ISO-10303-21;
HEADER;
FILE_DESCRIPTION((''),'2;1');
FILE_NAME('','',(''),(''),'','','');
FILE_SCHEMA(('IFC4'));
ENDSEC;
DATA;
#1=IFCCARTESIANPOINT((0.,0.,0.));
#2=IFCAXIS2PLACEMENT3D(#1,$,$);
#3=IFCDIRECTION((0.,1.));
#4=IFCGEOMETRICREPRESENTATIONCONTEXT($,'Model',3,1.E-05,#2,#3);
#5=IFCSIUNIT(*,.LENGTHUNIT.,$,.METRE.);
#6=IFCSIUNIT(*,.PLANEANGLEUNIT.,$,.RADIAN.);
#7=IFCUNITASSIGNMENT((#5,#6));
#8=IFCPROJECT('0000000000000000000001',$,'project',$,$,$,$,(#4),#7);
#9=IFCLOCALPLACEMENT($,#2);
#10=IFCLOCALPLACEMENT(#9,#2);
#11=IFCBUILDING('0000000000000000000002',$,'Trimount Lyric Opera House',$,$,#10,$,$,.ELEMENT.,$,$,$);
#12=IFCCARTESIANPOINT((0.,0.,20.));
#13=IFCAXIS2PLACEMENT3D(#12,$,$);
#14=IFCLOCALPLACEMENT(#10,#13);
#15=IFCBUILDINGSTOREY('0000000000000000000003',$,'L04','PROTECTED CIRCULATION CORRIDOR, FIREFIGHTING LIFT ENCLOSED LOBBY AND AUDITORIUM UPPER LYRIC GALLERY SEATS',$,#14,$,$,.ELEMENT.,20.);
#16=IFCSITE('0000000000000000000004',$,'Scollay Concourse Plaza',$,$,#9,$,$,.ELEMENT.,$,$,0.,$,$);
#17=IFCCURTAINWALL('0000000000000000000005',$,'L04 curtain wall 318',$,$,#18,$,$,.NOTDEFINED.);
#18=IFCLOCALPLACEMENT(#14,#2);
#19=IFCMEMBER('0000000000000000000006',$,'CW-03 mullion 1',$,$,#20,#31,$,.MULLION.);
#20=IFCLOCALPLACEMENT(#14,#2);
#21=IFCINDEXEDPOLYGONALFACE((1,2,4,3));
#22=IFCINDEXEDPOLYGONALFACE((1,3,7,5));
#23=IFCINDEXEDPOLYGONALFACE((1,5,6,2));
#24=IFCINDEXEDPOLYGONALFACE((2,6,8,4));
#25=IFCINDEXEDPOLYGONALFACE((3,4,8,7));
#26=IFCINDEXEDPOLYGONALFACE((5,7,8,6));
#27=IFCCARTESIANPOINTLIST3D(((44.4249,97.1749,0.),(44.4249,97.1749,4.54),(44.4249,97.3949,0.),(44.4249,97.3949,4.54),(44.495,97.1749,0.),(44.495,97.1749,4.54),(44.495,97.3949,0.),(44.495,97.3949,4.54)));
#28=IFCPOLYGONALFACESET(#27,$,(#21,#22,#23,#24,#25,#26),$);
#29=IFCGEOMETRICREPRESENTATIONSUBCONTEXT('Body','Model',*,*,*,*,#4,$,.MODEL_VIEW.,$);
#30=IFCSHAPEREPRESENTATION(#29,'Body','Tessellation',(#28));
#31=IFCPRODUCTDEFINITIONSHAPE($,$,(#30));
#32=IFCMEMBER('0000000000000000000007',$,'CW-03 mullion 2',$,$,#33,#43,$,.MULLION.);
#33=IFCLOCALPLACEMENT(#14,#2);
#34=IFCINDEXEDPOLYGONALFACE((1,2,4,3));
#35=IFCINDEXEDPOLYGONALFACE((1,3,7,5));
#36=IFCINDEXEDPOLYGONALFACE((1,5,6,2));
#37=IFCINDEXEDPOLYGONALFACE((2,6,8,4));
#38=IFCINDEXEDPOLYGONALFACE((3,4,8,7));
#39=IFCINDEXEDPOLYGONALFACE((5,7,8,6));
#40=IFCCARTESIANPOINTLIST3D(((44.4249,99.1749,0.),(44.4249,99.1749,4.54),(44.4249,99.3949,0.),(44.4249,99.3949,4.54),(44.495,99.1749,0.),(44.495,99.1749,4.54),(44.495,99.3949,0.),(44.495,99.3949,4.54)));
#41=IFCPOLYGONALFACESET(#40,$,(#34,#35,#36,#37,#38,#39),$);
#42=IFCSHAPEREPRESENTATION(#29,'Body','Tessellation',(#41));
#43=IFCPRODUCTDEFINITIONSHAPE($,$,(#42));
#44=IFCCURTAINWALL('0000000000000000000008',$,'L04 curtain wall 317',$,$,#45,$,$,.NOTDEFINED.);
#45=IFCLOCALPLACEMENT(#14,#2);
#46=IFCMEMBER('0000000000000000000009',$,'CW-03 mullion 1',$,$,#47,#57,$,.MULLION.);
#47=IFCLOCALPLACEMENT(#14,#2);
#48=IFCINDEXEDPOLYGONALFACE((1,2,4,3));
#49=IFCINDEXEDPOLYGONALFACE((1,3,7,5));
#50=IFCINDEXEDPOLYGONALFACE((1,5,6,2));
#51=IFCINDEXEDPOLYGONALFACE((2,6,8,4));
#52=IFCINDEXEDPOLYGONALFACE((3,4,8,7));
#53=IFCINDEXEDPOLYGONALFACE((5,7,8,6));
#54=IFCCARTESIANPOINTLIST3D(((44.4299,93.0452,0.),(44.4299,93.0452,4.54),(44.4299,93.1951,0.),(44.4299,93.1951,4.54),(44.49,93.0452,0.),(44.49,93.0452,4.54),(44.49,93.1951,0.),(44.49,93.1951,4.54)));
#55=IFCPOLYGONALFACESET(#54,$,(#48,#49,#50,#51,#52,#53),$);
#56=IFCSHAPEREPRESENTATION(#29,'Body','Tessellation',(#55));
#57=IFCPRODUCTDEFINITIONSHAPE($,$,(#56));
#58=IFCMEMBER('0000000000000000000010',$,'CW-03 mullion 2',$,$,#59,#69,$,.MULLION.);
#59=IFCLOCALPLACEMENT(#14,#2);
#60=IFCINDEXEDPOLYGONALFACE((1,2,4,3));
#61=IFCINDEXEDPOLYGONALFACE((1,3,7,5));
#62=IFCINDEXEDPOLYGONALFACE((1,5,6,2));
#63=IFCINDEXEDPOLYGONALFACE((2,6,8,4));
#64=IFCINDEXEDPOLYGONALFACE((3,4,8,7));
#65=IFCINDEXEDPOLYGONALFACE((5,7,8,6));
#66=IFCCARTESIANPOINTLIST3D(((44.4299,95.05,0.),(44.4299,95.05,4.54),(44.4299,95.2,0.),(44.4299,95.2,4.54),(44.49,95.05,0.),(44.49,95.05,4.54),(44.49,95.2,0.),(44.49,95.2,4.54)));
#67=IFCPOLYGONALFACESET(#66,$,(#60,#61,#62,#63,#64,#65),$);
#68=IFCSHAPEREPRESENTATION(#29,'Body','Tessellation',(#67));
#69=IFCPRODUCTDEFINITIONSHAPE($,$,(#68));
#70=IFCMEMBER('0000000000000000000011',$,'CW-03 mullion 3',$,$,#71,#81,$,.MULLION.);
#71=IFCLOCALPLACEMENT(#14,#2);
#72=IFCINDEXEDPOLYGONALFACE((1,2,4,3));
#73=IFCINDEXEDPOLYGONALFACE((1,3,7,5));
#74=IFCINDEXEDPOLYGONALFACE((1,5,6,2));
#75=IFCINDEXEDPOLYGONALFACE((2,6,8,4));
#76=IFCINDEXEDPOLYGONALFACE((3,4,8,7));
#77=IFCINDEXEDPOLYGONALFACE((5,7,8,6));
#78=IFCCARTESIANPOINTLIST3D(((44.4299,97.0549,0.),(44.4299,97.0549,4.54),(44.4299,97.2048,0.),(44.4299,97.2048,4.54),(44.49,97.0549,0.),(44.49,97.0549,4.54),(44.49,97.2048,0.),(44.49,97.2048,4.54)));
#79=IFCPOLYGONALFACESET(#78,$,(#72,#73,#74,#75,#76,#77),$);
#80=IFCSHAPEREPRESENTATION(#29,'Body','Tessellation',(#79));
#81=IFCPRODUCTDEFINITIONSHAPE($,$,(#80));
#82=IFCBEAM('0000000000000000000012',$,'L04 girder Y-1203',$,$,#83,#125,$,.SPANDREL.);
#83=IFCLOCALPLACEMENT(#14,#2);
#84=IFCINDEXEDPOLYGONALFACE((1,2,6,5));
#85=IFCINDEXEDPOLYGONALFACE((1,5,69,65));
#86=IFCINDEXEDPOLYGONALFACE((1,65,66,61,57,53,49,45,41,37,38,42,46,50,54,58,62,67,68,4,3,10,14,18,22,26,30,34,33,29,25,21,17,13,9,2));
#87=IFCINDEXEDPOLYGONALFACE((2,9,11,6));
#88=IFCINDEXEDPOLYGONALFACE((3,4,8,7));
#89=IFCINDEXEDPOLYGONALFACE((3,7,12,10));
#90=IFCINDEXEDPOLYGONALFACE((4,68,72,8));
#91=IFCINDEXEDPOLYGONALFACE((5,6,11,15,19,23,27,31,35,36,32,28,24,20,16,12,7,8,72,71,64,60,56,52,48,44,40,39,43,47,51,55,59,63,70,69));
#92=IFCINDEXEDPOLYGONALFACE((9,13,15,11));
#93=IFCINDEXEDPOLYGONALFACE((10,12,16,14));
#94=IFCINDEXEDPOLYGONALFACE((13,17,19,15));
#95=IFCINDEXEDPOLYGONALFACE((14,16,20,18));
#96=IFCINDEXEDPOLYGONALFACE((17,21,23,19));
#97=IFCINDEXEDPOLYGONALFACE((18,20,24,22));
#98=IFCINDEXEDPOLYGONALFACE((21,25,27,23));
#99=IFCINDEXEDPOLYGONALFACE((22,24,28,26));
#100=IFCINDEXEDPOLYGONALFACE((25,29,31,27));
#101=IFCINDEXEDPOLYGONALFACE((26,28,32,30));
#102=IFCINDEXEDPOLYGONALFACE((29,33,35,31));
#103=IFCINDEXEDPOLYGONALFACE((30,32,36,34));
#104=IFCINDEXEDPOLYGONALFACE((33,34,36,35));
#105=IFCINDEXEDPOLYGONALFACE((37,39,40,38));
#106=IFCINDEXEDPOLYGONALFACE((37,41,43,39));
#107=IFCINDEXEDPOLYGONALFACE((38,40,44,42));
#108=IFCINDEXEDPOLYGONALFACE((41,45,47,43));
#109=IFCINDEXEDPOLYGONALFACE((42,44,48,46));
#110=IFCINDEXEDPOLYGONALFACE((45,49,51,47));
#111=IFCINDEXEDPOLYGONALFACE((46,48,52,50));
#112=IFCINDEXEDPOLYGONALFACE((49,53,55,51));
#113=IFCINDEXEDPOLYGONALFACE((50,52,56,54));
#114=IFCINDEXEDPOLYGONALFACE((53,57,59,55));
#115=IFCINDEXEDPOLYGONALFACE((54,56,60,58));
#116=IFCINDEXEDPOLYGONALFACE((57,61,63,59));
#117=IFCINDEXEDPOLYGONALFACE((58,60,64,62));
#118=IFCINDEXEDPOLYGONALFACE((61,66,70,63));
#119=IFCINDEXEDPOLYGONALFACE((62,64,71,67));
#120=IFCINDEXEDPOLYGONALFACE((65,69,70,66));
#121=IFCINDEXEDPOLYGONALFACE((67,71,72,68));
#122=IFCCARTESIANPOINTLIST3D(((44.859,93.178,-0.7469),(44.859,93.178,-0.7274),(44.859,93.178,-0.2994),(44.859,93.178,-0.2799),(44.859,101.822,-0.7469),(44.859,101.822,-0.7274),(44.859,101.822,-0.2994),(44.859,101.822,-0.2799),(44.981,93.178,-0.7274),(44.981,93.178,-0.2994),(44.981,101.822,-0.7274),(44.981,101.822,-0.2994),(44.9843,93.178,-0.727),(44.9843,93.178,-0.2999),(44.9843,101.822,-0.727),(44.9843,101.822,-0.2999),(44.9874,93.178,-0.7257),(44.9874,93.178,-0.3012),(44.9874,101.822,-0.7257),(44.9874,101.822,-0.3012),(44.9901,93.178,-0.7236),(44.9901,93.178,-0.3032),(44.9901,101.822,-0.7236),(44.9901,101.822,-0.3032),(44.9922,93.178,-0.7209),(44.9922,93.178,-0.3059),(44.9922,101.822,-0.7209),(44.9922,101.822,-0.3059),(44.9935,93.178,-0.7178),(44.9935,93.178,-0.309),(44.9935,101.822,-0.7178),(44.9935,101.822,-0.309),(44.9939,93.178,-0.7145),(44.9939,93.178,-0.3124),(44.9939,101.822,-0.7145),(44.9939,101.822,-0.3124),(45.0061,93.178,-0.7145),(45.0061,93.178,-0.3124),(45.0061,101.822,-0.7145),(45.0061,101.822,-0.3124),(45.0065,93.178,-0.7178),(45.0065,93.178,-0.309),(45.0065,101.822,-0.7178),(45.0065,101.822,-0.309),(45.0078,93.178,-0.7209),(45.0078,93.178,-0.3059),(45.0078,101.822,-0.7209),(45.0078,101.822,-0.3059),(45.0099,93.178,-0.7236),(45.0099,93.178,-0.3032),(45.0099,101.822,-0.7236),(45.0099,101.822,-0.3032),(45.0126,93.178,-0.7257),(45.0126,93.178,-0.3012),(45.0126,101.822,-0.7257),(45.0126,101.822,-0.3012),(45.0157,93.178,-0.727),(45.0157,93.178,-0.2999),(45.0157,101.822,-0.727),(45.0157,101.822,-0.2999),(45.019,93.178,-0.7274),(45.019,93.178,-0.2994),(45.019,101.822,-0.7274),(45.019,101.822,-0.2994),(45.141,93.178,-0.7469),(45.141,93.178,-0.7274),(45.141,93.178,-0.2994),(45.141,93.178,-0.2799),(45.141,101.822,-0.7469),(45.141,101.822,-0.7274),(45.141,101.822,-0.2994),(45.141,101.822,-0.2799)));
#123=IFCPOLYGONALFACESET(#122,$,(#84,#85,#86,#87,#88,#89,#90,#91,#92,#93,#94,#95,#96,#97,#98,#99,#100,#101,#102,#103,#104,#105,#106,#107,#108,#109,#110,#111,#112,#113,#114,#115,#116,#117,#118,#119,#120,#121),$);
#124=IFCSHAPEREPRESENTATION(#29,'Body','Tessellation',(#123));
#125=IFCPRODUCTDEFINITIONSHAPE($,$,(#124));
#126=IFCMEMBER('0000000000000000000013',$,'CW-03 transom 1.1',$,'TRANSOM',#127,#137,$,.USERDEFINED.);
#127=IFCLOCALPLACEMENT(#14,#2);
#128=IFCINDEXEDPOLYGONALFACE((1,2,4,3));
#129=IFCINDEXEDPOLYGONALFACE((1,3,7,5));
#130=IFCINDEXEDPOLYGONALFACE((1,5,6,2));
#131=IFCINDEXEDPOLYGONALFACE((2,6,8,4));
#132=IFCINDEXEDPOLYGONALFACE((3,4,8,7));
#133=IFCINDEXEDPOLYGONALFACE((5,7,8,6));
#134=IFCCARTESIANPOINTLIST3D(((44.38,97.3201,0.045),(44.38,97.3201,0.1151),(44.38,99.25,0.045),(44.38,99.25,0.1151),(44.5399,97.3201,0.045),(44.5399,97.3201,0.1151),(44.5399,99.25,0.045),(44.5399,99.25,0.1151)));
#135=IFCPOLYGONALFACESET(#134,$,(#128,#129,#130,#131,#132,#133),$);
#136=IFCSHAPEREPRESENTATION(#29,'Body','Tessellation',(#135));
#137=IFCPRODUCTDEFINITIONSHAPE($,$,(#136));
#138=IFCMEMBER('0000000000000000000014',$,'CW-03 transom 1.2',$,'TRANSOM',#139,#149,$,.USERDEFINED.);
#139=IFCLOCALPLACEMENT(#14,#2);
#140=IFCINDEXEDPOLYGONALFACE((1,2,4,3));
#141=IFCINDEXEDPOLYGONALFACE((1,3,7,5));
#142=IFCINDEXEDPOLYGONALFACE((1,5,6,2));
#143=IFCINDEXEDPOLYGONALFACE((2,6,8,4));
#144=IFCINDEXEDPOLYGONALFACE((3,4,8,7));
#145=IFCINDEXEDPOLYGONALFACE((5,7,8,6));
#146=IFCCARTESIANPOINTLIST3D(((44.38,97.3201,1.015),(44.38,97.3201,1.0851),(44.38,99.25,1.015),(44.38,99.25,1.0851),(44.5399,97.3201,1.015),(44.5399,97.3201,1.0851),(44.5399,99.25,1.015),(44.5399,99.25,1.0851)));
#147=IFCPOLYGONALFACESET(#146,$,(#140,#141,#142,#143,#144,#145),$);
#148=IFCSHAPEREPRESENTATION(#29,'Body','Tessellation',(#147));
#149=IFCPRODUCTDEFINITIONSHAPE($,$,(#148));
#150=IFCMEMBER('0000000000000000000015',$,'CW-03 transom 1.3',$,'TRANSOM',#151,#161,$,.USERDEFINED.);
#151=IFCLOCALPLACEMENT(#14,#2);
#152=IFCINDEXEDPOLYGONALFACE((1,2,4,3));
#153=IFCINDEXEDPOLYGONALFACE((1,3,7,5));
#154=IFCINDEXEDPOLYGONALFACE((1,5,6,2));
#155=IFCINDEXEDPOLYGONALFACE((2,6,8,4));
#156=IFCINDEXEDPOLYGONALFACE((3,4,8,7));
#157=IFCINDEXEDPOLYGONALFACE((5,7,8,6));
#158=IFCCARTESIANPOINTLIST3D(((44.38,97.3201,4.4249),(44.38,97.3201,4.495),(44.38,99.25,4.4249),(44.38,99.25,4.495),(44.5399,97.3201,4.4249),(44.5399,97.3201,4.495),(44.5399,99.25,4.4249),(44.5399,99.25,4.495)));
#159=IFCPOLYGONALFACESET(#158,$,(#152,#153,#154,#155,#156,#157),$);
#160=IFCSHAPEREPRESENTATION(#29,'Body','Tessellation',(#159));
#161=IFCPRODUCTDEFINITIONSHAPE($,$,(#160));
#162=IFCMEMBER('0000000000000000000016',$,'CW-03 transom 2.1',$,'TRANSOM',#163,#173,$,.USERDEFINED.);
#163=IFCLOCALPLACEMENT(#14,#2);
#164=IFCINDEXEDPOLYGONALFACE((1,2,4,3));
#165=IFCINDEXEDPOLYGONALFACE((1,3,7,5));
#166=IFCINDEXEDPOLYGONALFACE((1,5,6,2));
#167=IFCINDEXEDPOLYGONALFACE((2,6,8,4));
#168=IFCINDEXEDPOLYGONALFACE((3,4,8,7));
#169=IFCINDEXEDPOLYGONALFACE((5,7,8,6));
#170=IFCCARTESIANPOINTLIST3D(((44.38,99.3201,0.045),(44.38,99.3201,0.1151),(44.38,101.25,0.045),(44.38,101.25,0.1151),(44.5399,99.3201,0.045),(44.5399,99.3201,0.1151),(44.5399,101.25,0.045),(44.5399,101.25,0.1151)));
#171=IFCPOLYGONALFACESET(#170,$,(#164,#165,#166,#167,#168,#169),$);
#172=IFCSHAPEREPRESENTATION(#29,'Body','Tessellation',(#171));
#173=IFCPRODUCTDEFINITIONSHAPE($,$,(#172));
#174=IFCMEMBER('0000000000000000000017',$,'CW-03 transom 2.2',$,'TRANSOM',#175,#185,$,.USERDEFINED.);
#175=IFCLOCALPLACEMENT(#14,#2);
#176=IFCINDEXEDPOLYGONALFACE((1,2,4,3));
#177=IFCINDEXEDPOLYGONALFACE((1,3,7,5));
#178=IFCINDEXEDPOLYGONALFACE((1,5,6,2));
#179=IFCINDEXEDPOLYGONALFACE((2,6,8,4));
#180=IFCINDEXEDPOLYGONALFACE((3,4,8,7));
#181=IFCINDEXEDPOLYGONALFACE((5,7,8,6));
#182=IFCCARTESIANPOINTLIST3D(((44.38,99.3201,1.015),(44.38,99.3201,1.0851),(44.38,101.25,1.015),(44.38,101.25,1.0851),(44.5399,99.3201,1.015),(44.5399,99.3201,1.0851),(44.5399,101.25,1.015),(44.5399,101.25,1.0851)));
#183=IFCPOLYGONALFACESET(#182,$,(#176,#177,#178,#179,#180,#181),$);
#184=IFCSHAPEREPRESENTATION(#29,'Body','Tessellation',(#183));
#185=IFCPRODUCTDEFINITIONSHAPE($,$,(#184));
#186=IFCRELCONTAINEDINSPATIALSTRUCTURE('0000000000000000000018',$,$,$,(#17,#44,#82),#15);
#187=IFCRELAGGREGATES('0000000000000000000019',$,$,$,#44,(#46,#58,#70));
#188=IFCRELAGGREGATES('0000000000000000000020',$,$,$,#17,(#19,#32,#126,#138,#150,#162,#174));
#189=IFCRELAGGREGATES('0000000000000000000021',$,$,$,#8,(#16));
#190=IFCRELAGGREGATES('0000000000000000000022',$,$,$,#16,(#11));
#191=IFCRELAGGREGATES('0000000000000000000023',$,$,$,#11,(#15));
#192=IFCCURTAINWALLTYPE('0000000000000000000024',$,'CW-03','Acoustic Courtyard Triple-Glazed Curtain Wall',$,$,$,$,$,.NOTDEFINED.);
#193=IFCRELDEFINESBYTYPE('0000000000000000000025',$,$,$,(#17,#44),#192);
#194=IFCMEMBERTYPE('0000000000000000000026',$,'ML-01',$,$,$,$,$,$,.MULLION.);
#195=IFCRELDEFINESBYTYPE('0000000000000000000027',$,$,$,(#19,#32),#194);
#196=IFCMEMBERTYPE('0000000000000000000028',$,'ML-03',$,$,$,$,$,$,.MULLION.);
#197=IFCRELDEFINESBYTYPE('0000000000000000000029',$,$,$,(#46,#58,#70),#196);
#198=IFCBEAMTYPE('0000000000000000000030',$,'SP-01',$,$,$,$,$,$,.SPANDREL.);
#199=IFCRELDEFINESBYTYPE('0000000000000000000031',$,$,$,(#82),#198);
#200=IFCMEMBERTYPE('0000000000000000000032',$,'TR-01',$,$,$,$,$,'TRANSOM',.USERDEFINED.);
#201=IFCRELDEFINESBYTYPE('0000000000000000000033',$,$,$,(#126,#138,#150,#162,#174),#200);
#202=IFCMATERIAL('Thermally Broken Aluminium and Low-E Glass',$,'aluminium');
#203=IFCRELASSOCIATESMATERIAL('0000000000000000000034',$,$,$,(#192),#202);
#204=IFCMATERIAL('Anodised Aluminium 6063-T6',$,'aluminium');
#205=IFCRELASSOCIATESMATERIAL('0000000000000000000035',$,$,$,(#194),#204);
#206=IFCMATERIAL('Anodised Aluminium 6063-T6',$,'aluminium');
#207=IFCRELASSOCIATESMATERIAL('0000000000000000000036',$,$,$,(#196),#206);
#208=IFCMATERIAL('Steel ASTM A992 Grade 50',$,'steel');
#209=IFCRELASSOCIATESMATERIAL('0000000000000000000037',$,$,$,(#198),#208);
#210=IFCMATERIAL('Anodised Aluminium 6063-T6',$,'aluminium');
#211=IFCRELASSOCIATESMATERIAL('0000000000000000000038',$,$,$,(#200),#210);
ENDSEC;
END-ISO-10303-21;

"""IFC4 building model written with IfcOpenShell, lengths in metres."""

from ifc_helpers import new_model, si_unit, direction, frame, origin, origin_2d, place, context, subcontext, project, spatial, rectangle, i_section, extrude, material, material_profile, profile_set, type_object, element, aggregate, save


model = new_model("IFC4")

# Units and contexts
model_context = context("Model", 3, precision=1e-05, world=origin(), true_north=direction((0.0, 1.0)))
body_context = subcontext(model_context, "Body", "Model", "MODEL_VIEW")
ifc_project = project(units=[si_unit("LENGTHUNIT", "METRE"), si_unit("PLANEANGLEUNIT", "RADIAN")], contexts=[model_context])

# Site, building, storey
site_placement = place(None, origin())
site = spatial("IfcSite", under=ifc_project, at=site_placement, Name="Scollay Concourse Plaza", CompositionType="ELEMENT", RefElevation=0.0)
building_placement = place(site_placement, origin())
building = spatial("IfcBuilding", under=site, at=building_placement, Name="Trimount Lyric Opera House", CompositionType="ELEMENT")
storey_placement = place(building_placement, frame((0.0, 0.0, 20.0)))
storey = spatial("IfcBuildingStorey", under=building, at=storey_placement, Name="L04", Description="PROTECTED CIRCULATION CORRIDOR, FIREFIGHTING LIFT ENCLOSED LOBBY AND AUDITORIUM UPPER LYRIC GALLERY SEATS", CompositionType="ELEMENT", Elevation=20.0)

# Curtain walls, members
ifc_material_1 = material(Name="Thermally Broken Aluminium and Low-E Glass", Category="aluminium")
curtain_wall_type = type_object("IfcCurtainWallType", Name="CW-03", Description="Acoustic Courtyard Triple-Glazed Curtain Wall", PredefinedType="NOTDEFINED", material=ifc_material_1)
curtain_wall_1_placement = place(storey_placement, origin())
curtain_wall_1 = element("IfcCurtainWall", 1, at=curtain_wall_1_placement, inside=storey, type_object=curtain_wall_type, Name="L04 curtain wall 318", PredefinedType="NOTDEFINED")
ifc_material_2 = material(Name="Anodised Aluminium 6063-T6", Category="aluminium")
ifc_material_profile_1 = material_profile(ifc_material_2, rectangle(XDim=0.0701, YDim=0.22, at=origin_2d()), Name="ALU-MULL-70X220")
ifc_profile_set_1 = profile_set([ifc_material_profile_1], Name="Anodised Aluminium 6063-T6")
member_type_1 = type_object("IfcMemberType", Name="ML-01", PredefinedType="MULLION", material=ifc_profile_set_1)
member_1_placement = place(storey_placement, frame((44.46, 97.2849, 0.0), z_axis=(0.0, 0.0, 1.0), x_axis=(-1.0, 0.0, 0.0)))
member_1 = element("IfcMember", 2, at=member_1_placement, type_object=member_type_1, Name="CW-03 mullion 1", PredefinedType="MULLION", context=body_context, shape_type="SweptSolid", body=[
    extrude(rectangle(XDim=0.0701, YDim=0.22, at=origin_2d()), origin(), (0.0, 0.0, 1.0), 4.54),
])
member_2_placement = place(storey_placement, frame((44.46, 99.2849, 0.0), z_axis=(0.0, 0.0, 1.0), x_axis=(-1.0, 0.0, 0.0)))
member_2 = element("IfcMember", 3, at=member_2_placement, type_object=member_type_1, Name="CW-03 mullion 2", PredefinedType="MULLION", context=body_context, shape_type="SweptSolid", body=[
    extrude(rectangle(XDim=0.0701, YDim=0.22, at=origin_2d()), origin(), (0.0, 0.0, 1.0), 4.54),
])
curtain_wall_2_placement = place(storey_placement, origin())
curtain_wall_2 = element("IfcCurtainWall", 4, at=curtain_wall_2_placement, inside=storey, type_object=curtain_wall_type, Name="L04 curtain wall 317", PredefinedType="NOTDEFINED")
ifc_material_3 = material(Name="Anodised Aluminium 6063-T6", Category="aluminium")
ifc_material_profile_2 = material_profile(ifc_material_3, rectangle(XDim=0.0601, YDim=0.1499, at=origin_2d()), Name="ALU-MULL-60X150")
ifc_profile_set_2 = profile_set([ifc_material_profile_2], Name="Anodised Aluminium 6063-T6")
member_type_2 = type_object("IfcMemberType", Name="ML-03", PredefinedType="MULLION", material=ifc_profile_set_2)
member_3_placement = place(storey_placement, frame((44.46, 93.1201, 0.0), z_axis=(0.0, 0.0, 1.0), x_axis=(-1.0, 0.0, 0.0)))
member_3 = element("IfcMember", 5, at=member_3_placement, type_object=member_type_2, Name="CW-03 mullion 1", PredefinedType="MULLION", context=body_context, shape_type="SweptSolid", body=[
    extrude(rectangle(XDim=0.0601, YDim=0.1499, at=origin_2d()), origin(), (0.0, 0.0, 1.0), 4.54),
])
member_4_placement = place(storey_placement, frame((44.46, 95.125, 0.0), z_axis=(0.0, 0.0, 1.0), x_axis=(-1.0, 0.0, 0.0)))
member_4 = element("IfcMember", 6, at=member_4_placement, type_object=member_type_2, Name="CW-03 mullion 2", PredefinedType="MULLION", context=body_context, shape_type="SweptSolid", body=[
    extrude(rectangle(XDim=0.0601, YDim=0.1499, at=origin_2d()), origin(), (0.0, 0.0, 1.0), 4.54),
])
member_5_placement = place(storey_placement, frame((44.46, 97.1299, 0.0), z_axis=(0.0, 0.0, 1.0), x_axis=(-1.0, 0.0, 0.0)))
member_5 = element("IfcMember", 7, at=member_5_placement, type_object=member_type_2, Name="CW-03 mullion 3", PredefinedType="MULLION", context=body_context, shape_type="SweptSolid", body=[
    extrude(rectangle(XDim=0.0601, YDim=0.1499, at=origin_2d()), origin(), (0.0, 0.0, 1.0), 4.54),
])

# Beam
ifc_material_4 = material(Name="Steel ASTM A992 Grade 50", Category="steel")
ifc_material_profile_3 = material_profile(ifc_material_4, i_section(OverallWidth=0.282, OverallDepth=0.467, WebThickness=0.0122, FlangeThickness=0.0195, FilletRadius=0.0129, at=origin_2d()), Name="W18X86")
ifc_profile_set_3 = profile_set([ifc_material_profile_3], Name="Steel ASTM A992 Grade 50")
beam_type_1 = type_object("IfcBeamType", Name="SP-01", PredefinedType="SPANDREL", material=ifc_profile_set_3)
beam_1_placement = place(storey_placement, frame((45.0, 93.178, -0.5134), z_axis=(0.0, 1.0, 0.0), x_axis=(-1.0, 0.0, 0.0)))
element("IfcBeam", 8, at=beam_1_placement, inside=storey, type_object=beam_type_1, Name="L04 girder Y-1203", PredefinedType="SPANDREL", context=body_context, shape_type="SweptSolid", body=[
    extrude(i_section(OverallWidth=0.282, OverallDepth=0.467, WebThickness=0.0122, FlangeThickness=0.0195, FilletRadius=0.0129, at=origin_2d()), origin(), (0.0, 0.0, 1.0), 8.644),
])

# Members
ifc_material_5 = material(Name="Anodised Aluminium 6063-T6", Category="aluminium")
ifc_material_profile_4 = material_profile(ifc_material_5, rectangle(XDim=0.1599, YDim=0.0701, at=origin_2d()), Name="ALU-TRAN-70X160")
ifc_profile_set_4 = profile_set([ifc_material_profile_4], Name="Anodised Aluminium 6063-T6")
member_type_3 = type_object("IfcMemberType", Name="TR-01", ElementType="TRANSOM", PredefinedType="USERDEFINED", material=ifc_profile_set_4)
member_6_placement = place(storey_placement, frame((44.46, 97.3201, 0.0801), z_axis=(0.0, 1.0, 0.0), x_axis=(-1.0, 0.0, 0.0)))
member_6 = element("IfcMember", 9, at=member_6_placement, type_object=member_type_3, Name="CW-03 transom 1.1", ObjectType="TRANSOM", PredefinedType="USERDEFINED", context=body_context, shape_type="SweptSolid", body=[
    extrude(rectangle(XDim=0.1599, YDim=0.0701, at=origin_2d()), origin(), (0.0, 0.0, 1.0), 1.9299),
])
member_7_placement = place(storey_placement, frame((44.46, 97.3201, 1.05), z_axis=(0.0, 1.0, 0.0), x_axis=(-1.0, 0.0, 0.0)))
member_7 = element("IfcMember", 10, at=member_7_placement, type_object=member_type_3, Name="CW-03 transom 1.2", ObjectType="TRANSOM", PredefinedType="USERDEFINED", context=body_context, shape_type="SweptSolid", body=[
    extrude(rectangle(XDim=0.1599, YDim=0.0701, at=origin_2d()), origin(), (0.0, 0.0, 1.0), 1.9299),
])
member_8_placement = place(storey_placement, frame((44.46, 97.3201, 4.46), z_axis=(0.0, 1.0, 0.0), x_axis=(-1.0, 0.0, 0.0)))
member_8 = element("IfcMember", 11, at=member_8_placement, type_object=member_type_3, Name="CW-03 transom 1.3", ObjectType="TRANSOM", PredefinedType="USERDEFINED", context=body_context, shape_type="SweptSolid", body=[
    extrude(rectangle(XDim=0.1599, YDim=0.0701, at=origin_2d()), origin(), (0.0, 0.0, 1.0), 1.9299),
])
member_9_placement = place(storey_placement, frame((44.46, 99.3201, 0.0801), z_axis=(0.0, 1.0, 0.0), x_axis=(-1.0, 0.0, 0.0)))
member_9 = element("IfcMember", 12, at=member_9_placement, type_object=member_type_3, Name="CW-03 transom 2.1", ObjectType="TRANSOM", PredefinedType="USERDEFINED", context=body_context, shape_type="SweptSolid", body=[
    extrude(rectangle(XDim=0.1599, YDim=0.0701, at=origin_2d()), origin(), (0.0, 0.0, 1.0), 1.9299),
])
member_10_placement = place(storey_placement, frame((44.46, 99.3201, 1.05), z_axis=(0.0, 1.0, 0.0), x_axis=(-1.0, 0.0, 0.0)))
member_10 = element("IfcMember", 13, at=member_10_placement, type_object=member_type_3, Name="CW-03 transom 2.2", ObjectType="TRANSOM", PredefinedType="USERDEFINED", context=body_context, shape_type="SweptSolid", body=[
    extrude(rectangle(XDim=0.1599, YDim=0.0701, at=origin_2d()), origin(), (0.0, 0.0, 1.0), 1.9299),
])

aggregate(curtain_wall_2, [member_3, member_4, member_5])
aggregate(curtain_wall_1, [member_1, member_2, member_6, member_7, member_8, member_9, member_10])

save(model, "model.ifc")
